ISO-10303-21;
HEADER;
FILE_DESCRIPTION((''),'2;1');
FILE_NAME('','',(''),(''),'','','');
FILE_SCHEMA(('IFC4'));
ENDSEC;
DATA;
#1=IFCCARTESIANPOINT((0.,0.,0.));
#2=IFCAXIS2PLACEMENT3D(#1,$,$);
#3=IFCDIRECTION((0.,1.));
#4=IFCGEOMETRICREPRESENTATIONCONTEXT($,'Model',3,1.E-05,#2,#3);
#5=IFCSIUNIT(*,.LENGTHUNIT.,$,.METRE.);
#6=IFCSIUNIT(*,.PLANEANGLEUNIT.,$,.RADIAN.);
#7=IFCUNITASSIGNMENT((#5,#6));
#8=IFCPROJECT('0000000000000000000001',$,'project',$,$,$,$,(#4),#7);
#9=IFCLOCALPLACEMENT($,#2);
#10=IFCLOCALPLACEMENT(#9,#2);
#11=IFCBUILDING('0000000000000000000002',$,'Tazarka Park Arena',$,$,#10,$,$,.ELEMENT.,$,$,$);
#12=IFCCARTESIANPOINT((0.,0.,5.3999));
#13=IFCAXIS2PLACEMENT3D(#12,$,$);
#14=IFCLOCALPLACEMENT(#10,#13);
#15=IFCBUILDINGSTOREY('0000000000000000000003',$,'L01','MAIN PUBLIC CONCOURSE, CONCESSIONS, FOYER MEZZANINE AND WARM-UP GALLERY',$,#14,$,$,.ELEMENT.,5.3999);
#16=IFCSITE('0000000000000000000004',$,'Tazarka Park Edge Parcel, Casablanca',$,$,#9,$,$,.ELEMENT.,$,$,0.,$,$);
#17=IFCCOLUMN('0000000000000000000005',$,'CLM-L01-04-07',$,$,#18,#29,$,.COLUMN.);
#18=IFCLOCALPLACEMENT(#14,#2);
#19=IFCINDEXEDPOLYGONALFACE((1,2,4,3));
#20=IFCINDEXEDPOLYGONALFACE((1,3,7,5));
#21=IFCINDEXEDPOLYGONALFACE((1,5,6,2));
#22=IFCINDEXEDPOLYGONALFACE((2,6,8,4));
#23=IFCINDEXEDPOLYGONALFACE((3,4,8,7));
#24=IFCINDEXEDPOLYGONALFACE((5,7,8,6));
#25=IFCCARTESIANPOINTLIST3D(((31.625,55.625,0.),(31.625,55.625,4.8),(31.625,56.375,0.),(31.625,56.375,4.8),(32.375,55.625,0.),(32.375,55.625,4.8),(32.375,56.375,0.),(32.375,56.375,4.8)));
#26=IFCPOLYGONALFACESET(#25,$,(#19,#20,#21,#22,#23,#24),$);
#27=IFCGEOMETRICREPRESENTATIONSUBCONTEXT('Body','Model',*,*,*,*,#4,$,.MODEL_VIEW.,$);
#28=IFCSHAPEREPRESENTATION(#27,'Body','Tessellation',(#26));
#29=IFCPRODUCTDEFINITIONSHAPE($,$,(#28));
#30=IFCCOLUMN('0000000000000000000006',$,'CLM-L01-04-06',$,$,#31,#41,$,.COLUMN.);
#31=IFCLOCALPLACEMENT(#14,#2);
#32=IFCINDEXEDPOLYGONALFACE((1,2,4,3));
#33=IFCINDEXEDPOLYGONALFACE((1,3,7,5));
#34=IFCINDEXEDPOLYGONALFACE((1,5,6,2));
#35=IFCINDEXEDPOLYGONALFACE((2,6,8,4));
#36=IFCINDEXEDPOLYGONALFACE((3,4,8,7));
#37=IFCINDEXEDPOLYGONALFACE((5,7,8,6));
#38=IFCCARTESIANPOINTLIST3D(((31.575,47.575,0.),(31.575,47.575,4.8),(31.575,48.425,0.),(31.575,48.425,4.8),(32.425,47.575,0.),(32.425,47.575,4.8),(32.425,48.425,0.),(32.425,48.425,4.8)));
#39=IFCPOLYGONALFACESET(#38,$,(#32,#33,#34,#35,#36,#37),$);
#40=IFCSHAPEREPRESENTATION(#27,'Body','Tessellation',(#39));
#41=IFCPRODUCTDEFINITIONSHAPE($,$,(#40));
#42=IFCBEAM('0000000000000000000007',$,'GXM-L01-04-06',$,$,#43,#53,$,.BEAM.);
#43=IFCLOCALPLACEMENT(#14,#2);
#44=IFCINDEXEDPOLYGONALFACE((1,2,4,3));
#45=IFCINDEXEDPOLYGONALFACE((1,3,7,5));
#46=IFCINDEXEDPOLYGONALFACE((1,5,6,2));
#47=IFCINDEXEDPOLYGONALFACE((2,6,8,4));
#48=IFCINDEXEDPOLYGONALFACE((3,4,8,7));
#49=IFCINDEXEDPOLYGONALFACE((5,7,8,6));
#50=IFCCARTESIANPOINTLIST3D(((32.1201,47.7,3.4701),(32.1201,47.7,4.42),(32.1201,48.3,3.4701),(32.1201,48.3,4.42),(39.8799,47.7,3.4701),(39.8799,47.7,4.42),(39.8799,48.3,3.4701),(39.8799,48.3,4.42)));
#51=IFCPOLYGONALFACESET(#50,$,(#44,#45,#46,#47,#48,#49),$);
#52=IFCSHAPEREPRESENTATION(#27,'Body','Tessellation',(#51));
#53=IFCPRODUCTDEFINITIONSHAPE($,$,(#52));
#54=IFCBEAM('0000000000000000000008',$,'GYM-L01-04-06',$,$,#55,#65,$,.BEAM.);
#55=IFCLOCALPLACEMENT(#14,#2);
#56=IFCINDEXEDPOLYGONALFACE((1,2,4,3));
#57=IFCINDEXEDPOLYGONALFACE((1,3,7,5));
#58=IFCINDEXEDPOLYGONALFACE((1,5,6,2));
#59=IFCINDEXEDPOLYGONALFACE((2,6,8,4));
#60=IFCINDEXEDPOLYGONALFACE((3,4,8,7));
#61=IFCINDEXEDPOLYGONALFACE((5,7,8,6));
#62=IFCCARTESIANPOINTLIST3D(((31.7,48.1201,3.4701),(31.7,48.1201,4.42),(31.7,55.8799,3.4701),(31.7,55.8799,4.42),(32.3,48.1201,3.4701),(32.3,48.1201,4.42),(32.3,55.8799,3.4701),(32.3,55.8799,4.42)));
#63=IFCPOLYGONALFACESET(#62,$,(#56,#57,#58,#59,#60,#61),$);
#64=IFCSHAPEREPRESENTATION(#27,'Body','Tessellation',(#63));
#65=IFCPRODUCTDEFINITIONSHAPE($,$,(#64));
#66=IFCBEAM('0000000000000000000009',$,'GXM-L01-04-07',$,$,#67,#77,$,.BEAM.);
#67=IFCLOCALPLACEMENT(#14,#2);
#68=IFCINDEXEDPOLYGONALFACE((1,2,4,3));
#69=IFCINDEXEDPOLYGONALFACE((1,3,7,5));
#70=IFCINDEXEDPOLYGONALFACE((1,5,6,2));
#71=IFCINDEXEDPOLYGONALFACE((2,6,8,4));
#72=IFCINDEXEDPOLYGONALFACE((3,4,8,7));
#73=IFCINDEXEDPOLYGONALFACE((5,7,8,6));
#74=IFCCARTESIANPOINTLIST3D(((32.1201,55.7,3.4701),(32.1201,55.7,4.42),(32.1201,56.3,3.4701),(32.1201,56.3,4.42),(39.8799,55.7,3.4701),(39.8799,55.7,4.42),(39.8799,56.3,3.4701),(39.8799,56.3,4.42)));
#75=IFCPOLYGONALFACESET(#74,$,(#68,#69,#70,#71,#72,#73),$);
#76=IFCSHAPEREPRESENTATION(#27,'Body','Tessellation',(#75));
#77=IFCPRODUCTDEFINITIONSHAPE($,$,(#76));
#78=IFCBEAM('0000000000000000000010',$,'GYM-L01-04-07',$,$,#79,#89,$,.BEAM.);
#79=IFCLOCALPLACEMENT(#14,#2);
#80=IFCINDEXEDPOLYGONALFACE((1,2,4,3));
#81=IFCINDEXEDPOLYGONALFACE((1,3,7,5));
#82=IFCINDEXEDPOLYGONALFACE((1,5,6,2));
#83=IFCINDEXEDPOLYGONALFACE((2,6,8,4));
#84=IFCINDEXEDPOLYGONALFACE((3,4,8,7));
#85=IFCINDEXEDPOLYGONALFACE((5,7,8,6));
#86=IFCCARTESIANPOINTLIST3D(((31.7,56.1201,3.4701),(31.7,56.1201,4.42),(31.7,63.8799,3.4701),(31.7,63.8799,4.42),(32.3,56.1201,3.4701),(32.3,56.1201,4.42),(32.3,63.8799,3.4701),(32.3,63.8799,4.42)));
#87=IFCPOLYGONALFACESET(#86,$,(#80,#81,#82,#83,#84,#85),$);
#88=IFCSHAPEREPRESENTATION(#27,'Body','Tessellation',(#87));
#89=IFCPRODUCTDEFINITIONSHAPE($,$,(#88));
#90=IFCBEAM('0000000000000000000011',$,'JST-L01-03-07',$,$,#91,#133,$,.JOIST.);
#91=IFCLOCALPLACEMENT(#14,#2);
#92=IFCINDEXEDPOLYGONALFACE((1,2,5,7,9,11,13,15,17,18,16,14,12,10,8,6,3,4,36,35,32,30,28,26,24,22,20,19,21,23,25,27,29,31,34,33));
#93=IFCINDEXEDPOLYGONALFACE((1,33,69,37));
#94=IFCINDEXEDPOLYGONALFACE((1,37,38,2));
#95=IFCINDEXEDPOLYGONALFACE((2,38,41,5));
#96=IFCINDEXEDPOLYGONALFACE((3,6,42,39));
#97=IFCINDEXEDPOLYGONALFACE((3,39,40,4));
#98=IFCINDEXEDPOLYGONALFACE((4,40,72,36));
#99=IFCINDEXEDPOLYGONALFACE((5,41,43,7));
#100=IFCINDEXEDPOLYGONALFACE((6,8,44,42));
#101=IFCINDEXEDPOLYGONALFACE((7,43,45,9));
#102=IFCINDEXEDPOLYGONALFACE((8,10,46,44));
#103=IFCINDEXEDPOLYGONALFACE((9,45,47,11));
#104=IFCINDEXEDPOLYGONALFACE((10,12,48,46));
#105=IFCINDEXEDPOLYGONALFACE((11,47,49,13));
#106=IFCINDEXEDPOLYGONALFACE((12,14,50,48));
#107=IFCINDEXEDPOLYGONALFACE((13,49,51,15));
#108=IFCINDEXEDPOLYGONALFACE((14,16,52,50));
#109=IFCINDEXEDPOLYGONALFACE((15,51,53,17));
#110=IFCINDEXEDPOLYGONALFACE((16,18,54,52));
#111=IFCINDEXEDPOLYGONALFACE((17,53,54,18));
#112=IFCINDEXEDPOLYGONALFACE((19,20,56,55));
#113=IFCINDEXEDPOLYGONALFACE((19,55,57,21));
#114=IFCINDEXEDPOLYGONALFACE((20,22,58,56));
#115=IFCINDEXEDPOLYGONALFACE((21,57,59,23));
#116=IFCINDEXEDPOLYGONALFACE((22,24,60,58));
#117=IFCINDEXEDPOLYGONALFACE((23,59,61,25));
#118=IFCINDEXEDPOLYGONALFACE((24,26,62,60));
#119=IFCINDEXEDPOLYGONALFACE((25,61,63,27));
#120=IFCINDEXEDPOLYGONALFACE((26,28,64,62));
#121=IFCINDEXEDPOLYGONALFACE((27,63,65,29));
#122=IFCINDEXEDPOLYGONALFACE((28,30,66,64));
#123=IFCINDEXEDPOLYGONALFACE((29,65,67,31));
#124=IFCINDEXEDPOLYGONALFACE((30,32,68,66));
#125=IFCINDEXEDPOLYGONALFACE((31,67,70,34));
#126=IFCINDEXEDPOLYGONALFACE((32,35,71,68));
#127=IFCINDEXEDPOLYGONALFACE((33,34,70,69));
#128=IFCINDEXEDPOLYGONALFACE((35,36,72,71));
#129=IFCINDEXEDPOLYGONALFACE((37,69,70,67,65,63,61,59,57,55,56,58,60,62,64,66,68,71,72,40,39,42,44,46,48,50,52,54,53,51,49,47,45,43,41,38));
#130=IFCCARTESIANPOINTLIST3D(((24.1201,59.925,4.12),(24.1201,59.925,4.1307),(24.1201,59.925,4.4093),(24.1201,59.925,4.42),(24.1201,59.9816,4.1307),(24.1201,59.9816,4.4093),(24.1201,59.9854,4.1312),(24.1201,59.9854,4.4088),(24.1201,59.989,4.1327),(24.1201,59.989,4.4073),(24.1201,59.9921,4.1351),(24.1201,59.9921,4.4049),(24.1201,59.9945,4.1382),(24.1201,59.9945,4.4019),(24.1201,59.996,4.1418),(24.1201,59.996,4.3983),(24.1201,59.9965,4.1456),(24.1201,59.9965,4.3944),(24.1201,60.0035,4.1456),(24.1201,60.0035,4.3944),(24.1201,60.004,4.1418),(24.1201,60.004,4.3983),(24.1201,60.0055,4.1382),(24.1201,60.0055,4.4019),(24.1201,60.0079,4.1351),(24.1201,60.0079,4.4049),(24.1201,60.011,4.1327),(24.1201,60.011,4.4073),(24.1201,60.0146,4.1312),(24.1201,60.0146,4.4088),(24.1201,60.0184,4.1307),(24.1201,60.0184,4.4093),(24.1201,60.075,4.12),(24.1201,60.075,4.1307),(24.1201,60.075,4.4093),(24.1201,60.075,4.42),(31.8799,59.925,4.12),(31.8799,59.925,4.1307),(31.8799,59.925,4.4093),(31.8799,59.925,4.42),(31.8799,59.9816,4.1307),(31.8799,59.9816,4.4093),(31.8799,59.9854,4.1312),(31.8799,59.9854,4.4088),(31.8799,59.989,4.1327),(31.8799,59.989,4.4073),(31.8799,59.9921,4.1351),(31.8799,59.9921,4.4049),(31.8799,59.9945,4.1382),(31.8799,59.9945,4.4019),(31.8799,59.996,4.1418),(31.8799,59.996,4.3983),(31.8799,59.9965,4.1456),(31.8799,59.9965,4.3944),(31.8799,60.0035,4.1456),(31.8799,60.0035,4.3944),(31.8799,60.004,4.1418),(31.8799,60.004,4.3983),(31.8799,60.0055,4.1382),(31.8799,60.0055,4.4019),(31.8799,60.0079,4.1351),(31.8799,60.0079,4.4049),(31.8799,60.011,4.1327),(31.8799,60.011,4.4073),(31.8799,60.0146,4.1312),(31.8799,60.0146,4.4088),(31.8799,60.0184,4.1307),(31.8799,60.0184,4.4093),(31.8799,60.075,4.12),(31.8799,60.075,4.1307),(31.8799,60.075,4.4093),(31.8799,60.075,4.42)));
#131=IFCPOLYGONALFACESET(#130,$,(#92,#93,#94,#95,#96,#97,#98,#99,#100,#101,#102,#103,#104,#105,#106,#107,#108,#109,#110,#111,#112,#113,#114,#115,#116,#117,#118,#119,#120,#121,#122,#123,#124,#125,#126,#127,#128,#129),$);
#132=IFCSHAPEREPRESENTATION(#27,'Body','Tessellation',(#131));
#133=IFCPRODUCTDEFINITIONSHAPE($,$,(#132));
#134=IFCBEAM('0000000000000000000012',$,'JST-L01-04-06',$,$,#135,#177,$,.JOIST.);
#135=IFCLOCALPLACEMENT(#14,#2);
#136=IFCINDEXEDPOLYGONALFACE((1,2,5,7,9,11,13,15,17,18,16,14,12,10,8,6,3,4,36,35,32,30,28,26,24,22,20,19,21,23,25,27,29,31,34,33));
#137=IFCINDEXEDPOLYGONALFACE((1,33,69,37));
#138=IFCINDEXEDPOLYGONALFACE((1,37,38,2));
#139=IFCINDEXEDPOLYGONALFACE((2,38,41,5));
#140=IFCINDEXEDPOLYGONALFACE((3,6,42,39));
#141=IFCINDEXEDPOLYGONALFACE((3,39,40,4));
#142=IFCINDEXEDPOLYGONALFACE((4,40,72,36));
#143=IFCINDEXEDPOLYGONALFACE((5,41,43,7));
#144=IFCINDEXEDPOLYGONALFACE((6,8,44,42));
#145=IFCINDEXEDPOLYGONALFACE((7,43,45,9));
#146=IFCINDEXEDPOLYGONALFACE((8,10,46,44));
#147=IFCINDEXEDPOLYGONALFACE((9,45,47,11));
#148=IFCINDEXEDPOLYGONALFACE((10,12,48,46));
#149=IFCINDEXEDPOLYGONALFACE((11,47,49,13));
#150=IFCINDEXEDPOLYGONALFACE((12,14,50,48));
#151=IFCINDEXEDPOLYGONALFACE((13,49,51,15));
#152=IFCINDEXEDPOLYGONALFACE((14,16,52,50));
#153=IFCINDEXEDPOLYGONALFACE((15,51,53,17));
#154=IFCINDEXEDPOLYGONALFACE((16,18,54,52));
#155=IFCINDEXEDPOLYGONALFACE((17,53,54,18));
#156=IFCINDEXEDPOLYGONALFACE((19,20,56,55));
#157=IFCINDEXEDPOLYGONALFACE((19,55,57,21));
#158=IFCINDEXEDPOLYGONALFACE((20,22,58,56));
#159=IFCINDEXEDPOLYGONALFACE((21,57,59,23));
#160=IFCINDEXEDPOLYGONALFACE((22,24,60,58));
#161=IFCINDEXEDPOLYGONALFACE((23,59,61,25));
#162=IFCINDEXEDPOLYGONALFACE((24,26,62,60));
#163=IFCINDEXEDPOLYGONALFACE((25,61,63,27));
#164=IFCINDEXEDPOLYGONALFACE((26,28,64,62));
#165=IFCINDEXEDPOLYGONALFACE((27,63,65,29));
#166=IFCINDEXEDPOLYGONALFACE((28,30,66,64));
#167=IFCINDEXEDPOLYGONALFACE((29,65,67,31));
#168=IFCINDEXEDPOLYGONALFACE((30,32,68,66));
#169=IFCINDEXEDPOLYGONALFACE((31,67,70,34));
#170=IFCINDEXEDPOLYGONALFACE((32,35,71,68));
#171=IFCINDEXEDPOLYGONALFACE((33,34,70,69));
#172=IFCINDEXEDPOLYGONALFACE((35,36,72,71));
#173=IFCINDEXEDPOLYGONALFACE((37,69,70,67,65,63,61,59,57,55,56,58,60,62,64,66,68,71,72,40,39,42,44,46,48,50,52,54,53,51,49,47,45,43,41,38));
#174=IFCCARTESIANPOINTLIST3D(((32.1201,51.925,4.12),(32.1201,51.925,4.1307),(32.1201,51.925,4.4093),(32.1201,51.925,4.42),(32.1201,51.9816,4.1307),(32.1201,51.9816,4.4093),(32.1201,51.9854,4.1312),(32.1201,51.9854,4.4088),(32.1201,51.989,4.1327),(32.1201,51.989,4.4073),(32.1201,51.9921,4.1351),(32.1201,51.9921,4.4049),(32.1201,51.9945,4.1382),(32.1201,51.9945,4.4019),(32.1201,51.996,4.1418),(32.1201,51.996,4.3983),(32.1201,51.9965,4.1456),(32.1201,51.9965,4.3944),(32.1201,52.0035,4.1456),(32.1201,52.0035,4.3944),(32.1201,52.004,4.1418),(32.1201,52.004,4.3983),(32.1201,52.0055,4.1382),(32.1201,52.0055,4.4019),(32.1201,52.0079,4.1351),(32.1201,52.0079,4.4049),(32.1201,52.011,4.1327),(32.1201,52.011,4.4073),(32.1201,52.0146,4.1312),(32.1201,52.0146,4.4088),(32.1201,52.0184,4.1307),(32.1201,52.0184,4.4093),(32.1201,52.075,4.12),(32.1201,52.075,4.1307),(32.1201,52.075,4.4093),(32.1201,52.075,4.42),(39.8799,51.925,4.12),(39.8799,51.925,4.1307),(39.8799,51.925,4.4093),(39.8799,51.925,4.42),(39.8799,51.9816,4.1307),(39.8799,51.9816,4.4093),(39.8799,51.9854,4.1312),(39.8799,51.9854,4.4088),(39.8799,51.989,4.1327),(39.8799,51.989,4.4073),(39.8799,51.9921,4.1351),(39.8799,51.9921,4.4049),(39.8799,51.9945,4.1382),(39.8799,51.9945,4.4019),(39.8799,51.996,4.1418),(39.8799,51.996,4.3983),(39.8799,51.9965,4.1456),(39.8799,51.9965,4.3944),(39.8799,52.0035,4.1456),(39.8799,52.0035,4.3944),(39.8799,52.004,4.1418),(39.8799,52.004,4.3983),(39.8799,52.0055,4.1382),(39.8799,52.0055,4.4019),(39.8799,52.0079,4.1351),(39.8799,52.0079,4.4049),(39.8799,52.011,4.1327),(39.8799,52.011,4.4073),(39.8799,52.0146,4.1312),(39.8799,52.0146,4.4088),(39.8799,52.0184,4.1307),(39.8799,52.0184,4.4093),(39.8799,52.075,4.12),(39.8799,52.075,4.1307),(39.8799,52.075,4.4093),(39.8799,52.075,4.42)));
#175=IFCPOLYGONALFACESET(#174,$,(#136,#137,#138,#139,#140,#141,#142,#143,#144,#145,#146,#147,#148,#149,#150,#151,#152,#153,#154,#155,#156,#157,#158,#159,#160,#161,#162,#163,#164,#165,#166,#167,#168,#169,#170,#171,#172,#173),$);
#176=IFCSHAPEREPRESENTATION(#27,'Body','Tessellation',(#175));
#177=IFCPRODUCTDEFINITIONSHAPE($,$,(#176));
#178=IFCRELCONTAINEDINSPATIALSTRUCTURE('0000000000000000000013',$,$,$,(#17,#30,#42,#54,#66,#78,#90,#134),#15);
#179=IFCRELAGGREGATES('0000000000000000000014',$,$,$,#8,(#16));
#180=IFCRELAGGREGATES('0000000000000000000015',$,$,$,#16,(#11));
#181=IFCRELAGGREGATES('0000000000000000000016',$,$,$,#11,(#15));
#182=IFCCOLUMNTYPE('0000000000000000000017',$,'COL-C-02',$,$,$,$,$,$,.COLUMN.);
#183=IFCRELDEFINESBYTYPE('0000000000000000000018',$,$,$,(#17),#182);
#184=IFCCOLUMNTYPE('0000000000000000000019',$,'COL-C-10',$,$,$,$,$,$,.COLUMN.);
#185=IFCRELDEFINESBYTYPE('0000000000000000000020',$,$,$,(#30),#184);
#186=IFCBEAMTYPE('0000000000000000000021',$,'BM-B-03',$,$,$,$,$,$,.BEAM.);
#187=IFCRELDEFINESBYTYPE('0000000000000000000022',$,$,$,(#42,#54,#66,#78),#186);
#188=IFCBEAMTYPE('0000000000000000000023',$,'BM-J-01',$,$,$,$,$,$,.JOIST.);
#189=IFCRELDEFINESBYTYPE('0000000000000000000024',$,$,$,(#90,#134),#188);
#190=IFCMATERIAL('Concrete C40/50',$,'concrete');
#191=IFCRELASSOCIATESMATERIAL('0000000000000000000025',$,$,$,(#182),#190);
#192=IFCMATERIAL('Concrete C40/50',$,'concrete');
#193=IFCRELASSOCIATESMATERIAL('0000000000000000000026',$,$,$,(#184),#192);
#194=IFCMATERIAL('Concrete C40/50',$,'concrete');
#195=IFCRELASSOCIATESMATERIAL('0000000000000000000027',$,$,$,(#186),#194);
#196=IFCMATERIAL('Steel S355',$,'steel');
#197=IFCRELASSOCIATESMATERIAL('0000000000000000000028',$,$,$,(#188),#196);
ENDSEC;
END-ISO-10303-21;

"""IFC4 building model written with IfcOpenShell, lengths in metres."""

from ifc_helpers import new_model, si_unit, direction, frame, origin, origin_2d, place, context, subcontext, project, spatial, rectangle, i_section, extrude, material, material_profile, profile_set, type_object, element, save


model = new_model("IFC4")

# Units and contexts
model_context = context("Model", 3, precision=1e-05, world=origin(), true_north=direction((0.0, 1.0)))
body_context = subcontext(model_context, "Body", "Model", "MODEL_VIEW")
ifc_project = project(units=[si_unit("LENGTHUNIT", "METRE"), si_unit("PLANEANGLEUNIT", "RADIAN")], contexts=[model_context])

# Site, building, storey
site_placement = place(None, origin())
site = spatial("IfcSite", under=ifc_project, at=site_placement, Name="Tazarka Park Edge Parcel, Casablanca", CompositionType="ELEMENT", RefElevation=0.0)
building_placement = place(site_placement, origin())
building = spatial("IfcBuilding", under=site, at=building_placement, Name="Tazarka Park Arena", CompositionType="ELEMENT")
storey_placement = place(building_placement, frame((0.0, 0.0, 5.3999)))
storey = spatial("IfcBuildingStorey", under=building, at=storey_placement, Name="L01", Description="MAIN PUBLIC CONCOURSE, CONCESSIONS, FOYER MEZZANINE AND WARM-UP GALLERY", CompositionType="ELEMENT", Elevation=5.3999)

# Columns
ifc_material_1 = material(Name="Concrete C40/50", Category="concrete")
ifc_material_profile_1 = material_profile(ifc_material_1, rectangle(XDim=0.75, YDim=0.75, at=origin_2d()), Name="Concrete C40/50")
ifc_profile_set_1 = profile_set([ifc_material_profile_1], Name="Concrete C40/50")
column_type_1 = type_object("IfcColumnType", Name="COL-C-02", PredefinedType="COLUMN", material=ifc_profile_set_1)
column_1_placement = place(storey_placement, frame((32.0, 56.0, 0.0), z_axis=(0.0, 0.0, 1.0), x_axis=(1.0, 0.0, 0.0)))
element("IfcColumn", 1, at=column_1_placement, inside=storey, type_object=column_type_1, Name="CLM-L01-04-07", PredefinedType="COLUMN", context=body_context, shape_type="SweptSolid", body=[
    extrude(rectangle(XDim=0.75, YDim=0.75, at=origin_2d()), origin(), (0.0, 0.0, 1.0), 4.8),
])
ifc_material_2 = material(Name="Concrete C40/50", Category="concrete")
ifc_material_profile_2 = material_profile(ifc_material_2, rectangle(XDim=0.8501, YDim=0.8501, at=origin_2d()), Name="Concrete C40/50")
ifc_profile_set_2 = profile_set([ifc_material_profile_2], Name="Concrete C40/50")
column_type_2 = type_object("IfcColumnType", Name="COL-C-10", PredefinedType="COLUMN", material=ifc_profile_set_2)
column_2_placement = place(storey_placement, frame((32.0, 48.0, 0.0), z_axis=(0.0, 0.0, 1.0), x_axis=(1.0, 0.0, 0.0)))
element("IfcColumn", 2, at=column_2_placement, inside=storey, type_object=column_type_2, Name="CLM-L01-04-06", PredefinedType="COLUMN", context=body_context, shape_type="SweptSolid", body=[
    extrude(rectangle(XDim=0.8501, YDim=0.8501, at=origin_2d()), origin(), (0.0, 0.0, 1.0), 4.8),
])

# Beams
ifc_material_3 = material(Name="Concrete C40/50", Category="concrete")
ifc_material_profile_3 = material_profile(ifc_material_3, rectangle(XDim=0.6001, YDim=0.95, at=origin_2d()), Name="Concrete C40/50")
ifc_profile_set_3 = profile_set([ifc_material_profile_3], Name="Concrete C40/50")
beam_type_1 = type_object("IfcBeamType", Name="BM-B-03", PredefinedType="BEAM", material=ifc_profile_set_3)
for number, where, z_axis, x_axis, name in (
    (3, (32.1201, 48.0, 3.9451), (1.0, 0.0, 0.0), (0.0, 1.0, 0.0), "GXM-L01-04-06"),
    (4, (32.0, 48.1201, 3.9451), (0.0, 1.0, 0.0), (-1.0, 0.0, 0.0), "GYM-L01-04-06"),
    (5, (32.1201, 56.0, 3.9451), (1.0, 0.0, 0.0), (0.0, 1.0, 0.0), "GXM-L01-04-07"),
    (6, (32.0, 56.1201, 3.9451), (0.0, 1.0, 0.0), (-1.0, 0.0, 0.0), "GYM-L01-04-07"),
):
    element("IfcBeam", number, at=place(storey_placement, frame(where, z_axis=z_axis, x_axis=x_axis)), inside=storey, type_object=beam_type_1, Name=name, PredefinedType="BEAM", context=body_context, shape_type="SweptSolid", body=[
        extrude(rectangle(XDim=0.6001, YDim=0.95, at=origin_2d()), origin(), (0.0, 0.0, 1.0), 7.7598),
    ])
ifc_material_4 = material(Name="Steel S355", Category="steel")
ifc_material_profile_4 = material_profile(ifc_material_4, i_section(OverallWidth=0.1499, OverallDepth=0.3, WebThickness=0.0071, FlangeThickness=0.0107, FilletRadius=0.0149, at=origin_2d()), Name="Steel S355")
ifc_profile_set_4 = profile_set([ifc_material_profile_4], Name="Steel S355")
beam_type_2 = type_object("IfcBeamType", Name="BM-J-01", PredefinedType="JOIST", material=ifc_profile_set_4)
for number, where, z_axis, x_axis, name in (
    (7, (24.1201, 60.0, 4.27), (1.0, 0.0, 0.0), (0.0, 1.0, 0.0), "JST-L01-03-07"),
    (8, (32.1201, 52.0, 4.27), (1.0, 0.0, 0.0), (0.0, 1.0, 0.0), "JST-L01-04-06"),
):
    element("IfcBeam", number, at=place(storey_placement, frame(where, z_axis=z_axis, x_axis=x_axis)), inside=storey, type_object=beam_type_2, Name=name, PredefinedType="JOIST", context=body_context, shape_type="SweptSolid", body=[
        extrude(i_section(OverallWidth=0.1499, OverallDepth=0.3, WebThickness=0.0071, FlangeThickness=0.0107, FilletRadius=0.0149, at=origin_2d()), origin(), (0.0, 0.0, 1.0), 7.7598),
    ])

save(model, "model.ifc")
